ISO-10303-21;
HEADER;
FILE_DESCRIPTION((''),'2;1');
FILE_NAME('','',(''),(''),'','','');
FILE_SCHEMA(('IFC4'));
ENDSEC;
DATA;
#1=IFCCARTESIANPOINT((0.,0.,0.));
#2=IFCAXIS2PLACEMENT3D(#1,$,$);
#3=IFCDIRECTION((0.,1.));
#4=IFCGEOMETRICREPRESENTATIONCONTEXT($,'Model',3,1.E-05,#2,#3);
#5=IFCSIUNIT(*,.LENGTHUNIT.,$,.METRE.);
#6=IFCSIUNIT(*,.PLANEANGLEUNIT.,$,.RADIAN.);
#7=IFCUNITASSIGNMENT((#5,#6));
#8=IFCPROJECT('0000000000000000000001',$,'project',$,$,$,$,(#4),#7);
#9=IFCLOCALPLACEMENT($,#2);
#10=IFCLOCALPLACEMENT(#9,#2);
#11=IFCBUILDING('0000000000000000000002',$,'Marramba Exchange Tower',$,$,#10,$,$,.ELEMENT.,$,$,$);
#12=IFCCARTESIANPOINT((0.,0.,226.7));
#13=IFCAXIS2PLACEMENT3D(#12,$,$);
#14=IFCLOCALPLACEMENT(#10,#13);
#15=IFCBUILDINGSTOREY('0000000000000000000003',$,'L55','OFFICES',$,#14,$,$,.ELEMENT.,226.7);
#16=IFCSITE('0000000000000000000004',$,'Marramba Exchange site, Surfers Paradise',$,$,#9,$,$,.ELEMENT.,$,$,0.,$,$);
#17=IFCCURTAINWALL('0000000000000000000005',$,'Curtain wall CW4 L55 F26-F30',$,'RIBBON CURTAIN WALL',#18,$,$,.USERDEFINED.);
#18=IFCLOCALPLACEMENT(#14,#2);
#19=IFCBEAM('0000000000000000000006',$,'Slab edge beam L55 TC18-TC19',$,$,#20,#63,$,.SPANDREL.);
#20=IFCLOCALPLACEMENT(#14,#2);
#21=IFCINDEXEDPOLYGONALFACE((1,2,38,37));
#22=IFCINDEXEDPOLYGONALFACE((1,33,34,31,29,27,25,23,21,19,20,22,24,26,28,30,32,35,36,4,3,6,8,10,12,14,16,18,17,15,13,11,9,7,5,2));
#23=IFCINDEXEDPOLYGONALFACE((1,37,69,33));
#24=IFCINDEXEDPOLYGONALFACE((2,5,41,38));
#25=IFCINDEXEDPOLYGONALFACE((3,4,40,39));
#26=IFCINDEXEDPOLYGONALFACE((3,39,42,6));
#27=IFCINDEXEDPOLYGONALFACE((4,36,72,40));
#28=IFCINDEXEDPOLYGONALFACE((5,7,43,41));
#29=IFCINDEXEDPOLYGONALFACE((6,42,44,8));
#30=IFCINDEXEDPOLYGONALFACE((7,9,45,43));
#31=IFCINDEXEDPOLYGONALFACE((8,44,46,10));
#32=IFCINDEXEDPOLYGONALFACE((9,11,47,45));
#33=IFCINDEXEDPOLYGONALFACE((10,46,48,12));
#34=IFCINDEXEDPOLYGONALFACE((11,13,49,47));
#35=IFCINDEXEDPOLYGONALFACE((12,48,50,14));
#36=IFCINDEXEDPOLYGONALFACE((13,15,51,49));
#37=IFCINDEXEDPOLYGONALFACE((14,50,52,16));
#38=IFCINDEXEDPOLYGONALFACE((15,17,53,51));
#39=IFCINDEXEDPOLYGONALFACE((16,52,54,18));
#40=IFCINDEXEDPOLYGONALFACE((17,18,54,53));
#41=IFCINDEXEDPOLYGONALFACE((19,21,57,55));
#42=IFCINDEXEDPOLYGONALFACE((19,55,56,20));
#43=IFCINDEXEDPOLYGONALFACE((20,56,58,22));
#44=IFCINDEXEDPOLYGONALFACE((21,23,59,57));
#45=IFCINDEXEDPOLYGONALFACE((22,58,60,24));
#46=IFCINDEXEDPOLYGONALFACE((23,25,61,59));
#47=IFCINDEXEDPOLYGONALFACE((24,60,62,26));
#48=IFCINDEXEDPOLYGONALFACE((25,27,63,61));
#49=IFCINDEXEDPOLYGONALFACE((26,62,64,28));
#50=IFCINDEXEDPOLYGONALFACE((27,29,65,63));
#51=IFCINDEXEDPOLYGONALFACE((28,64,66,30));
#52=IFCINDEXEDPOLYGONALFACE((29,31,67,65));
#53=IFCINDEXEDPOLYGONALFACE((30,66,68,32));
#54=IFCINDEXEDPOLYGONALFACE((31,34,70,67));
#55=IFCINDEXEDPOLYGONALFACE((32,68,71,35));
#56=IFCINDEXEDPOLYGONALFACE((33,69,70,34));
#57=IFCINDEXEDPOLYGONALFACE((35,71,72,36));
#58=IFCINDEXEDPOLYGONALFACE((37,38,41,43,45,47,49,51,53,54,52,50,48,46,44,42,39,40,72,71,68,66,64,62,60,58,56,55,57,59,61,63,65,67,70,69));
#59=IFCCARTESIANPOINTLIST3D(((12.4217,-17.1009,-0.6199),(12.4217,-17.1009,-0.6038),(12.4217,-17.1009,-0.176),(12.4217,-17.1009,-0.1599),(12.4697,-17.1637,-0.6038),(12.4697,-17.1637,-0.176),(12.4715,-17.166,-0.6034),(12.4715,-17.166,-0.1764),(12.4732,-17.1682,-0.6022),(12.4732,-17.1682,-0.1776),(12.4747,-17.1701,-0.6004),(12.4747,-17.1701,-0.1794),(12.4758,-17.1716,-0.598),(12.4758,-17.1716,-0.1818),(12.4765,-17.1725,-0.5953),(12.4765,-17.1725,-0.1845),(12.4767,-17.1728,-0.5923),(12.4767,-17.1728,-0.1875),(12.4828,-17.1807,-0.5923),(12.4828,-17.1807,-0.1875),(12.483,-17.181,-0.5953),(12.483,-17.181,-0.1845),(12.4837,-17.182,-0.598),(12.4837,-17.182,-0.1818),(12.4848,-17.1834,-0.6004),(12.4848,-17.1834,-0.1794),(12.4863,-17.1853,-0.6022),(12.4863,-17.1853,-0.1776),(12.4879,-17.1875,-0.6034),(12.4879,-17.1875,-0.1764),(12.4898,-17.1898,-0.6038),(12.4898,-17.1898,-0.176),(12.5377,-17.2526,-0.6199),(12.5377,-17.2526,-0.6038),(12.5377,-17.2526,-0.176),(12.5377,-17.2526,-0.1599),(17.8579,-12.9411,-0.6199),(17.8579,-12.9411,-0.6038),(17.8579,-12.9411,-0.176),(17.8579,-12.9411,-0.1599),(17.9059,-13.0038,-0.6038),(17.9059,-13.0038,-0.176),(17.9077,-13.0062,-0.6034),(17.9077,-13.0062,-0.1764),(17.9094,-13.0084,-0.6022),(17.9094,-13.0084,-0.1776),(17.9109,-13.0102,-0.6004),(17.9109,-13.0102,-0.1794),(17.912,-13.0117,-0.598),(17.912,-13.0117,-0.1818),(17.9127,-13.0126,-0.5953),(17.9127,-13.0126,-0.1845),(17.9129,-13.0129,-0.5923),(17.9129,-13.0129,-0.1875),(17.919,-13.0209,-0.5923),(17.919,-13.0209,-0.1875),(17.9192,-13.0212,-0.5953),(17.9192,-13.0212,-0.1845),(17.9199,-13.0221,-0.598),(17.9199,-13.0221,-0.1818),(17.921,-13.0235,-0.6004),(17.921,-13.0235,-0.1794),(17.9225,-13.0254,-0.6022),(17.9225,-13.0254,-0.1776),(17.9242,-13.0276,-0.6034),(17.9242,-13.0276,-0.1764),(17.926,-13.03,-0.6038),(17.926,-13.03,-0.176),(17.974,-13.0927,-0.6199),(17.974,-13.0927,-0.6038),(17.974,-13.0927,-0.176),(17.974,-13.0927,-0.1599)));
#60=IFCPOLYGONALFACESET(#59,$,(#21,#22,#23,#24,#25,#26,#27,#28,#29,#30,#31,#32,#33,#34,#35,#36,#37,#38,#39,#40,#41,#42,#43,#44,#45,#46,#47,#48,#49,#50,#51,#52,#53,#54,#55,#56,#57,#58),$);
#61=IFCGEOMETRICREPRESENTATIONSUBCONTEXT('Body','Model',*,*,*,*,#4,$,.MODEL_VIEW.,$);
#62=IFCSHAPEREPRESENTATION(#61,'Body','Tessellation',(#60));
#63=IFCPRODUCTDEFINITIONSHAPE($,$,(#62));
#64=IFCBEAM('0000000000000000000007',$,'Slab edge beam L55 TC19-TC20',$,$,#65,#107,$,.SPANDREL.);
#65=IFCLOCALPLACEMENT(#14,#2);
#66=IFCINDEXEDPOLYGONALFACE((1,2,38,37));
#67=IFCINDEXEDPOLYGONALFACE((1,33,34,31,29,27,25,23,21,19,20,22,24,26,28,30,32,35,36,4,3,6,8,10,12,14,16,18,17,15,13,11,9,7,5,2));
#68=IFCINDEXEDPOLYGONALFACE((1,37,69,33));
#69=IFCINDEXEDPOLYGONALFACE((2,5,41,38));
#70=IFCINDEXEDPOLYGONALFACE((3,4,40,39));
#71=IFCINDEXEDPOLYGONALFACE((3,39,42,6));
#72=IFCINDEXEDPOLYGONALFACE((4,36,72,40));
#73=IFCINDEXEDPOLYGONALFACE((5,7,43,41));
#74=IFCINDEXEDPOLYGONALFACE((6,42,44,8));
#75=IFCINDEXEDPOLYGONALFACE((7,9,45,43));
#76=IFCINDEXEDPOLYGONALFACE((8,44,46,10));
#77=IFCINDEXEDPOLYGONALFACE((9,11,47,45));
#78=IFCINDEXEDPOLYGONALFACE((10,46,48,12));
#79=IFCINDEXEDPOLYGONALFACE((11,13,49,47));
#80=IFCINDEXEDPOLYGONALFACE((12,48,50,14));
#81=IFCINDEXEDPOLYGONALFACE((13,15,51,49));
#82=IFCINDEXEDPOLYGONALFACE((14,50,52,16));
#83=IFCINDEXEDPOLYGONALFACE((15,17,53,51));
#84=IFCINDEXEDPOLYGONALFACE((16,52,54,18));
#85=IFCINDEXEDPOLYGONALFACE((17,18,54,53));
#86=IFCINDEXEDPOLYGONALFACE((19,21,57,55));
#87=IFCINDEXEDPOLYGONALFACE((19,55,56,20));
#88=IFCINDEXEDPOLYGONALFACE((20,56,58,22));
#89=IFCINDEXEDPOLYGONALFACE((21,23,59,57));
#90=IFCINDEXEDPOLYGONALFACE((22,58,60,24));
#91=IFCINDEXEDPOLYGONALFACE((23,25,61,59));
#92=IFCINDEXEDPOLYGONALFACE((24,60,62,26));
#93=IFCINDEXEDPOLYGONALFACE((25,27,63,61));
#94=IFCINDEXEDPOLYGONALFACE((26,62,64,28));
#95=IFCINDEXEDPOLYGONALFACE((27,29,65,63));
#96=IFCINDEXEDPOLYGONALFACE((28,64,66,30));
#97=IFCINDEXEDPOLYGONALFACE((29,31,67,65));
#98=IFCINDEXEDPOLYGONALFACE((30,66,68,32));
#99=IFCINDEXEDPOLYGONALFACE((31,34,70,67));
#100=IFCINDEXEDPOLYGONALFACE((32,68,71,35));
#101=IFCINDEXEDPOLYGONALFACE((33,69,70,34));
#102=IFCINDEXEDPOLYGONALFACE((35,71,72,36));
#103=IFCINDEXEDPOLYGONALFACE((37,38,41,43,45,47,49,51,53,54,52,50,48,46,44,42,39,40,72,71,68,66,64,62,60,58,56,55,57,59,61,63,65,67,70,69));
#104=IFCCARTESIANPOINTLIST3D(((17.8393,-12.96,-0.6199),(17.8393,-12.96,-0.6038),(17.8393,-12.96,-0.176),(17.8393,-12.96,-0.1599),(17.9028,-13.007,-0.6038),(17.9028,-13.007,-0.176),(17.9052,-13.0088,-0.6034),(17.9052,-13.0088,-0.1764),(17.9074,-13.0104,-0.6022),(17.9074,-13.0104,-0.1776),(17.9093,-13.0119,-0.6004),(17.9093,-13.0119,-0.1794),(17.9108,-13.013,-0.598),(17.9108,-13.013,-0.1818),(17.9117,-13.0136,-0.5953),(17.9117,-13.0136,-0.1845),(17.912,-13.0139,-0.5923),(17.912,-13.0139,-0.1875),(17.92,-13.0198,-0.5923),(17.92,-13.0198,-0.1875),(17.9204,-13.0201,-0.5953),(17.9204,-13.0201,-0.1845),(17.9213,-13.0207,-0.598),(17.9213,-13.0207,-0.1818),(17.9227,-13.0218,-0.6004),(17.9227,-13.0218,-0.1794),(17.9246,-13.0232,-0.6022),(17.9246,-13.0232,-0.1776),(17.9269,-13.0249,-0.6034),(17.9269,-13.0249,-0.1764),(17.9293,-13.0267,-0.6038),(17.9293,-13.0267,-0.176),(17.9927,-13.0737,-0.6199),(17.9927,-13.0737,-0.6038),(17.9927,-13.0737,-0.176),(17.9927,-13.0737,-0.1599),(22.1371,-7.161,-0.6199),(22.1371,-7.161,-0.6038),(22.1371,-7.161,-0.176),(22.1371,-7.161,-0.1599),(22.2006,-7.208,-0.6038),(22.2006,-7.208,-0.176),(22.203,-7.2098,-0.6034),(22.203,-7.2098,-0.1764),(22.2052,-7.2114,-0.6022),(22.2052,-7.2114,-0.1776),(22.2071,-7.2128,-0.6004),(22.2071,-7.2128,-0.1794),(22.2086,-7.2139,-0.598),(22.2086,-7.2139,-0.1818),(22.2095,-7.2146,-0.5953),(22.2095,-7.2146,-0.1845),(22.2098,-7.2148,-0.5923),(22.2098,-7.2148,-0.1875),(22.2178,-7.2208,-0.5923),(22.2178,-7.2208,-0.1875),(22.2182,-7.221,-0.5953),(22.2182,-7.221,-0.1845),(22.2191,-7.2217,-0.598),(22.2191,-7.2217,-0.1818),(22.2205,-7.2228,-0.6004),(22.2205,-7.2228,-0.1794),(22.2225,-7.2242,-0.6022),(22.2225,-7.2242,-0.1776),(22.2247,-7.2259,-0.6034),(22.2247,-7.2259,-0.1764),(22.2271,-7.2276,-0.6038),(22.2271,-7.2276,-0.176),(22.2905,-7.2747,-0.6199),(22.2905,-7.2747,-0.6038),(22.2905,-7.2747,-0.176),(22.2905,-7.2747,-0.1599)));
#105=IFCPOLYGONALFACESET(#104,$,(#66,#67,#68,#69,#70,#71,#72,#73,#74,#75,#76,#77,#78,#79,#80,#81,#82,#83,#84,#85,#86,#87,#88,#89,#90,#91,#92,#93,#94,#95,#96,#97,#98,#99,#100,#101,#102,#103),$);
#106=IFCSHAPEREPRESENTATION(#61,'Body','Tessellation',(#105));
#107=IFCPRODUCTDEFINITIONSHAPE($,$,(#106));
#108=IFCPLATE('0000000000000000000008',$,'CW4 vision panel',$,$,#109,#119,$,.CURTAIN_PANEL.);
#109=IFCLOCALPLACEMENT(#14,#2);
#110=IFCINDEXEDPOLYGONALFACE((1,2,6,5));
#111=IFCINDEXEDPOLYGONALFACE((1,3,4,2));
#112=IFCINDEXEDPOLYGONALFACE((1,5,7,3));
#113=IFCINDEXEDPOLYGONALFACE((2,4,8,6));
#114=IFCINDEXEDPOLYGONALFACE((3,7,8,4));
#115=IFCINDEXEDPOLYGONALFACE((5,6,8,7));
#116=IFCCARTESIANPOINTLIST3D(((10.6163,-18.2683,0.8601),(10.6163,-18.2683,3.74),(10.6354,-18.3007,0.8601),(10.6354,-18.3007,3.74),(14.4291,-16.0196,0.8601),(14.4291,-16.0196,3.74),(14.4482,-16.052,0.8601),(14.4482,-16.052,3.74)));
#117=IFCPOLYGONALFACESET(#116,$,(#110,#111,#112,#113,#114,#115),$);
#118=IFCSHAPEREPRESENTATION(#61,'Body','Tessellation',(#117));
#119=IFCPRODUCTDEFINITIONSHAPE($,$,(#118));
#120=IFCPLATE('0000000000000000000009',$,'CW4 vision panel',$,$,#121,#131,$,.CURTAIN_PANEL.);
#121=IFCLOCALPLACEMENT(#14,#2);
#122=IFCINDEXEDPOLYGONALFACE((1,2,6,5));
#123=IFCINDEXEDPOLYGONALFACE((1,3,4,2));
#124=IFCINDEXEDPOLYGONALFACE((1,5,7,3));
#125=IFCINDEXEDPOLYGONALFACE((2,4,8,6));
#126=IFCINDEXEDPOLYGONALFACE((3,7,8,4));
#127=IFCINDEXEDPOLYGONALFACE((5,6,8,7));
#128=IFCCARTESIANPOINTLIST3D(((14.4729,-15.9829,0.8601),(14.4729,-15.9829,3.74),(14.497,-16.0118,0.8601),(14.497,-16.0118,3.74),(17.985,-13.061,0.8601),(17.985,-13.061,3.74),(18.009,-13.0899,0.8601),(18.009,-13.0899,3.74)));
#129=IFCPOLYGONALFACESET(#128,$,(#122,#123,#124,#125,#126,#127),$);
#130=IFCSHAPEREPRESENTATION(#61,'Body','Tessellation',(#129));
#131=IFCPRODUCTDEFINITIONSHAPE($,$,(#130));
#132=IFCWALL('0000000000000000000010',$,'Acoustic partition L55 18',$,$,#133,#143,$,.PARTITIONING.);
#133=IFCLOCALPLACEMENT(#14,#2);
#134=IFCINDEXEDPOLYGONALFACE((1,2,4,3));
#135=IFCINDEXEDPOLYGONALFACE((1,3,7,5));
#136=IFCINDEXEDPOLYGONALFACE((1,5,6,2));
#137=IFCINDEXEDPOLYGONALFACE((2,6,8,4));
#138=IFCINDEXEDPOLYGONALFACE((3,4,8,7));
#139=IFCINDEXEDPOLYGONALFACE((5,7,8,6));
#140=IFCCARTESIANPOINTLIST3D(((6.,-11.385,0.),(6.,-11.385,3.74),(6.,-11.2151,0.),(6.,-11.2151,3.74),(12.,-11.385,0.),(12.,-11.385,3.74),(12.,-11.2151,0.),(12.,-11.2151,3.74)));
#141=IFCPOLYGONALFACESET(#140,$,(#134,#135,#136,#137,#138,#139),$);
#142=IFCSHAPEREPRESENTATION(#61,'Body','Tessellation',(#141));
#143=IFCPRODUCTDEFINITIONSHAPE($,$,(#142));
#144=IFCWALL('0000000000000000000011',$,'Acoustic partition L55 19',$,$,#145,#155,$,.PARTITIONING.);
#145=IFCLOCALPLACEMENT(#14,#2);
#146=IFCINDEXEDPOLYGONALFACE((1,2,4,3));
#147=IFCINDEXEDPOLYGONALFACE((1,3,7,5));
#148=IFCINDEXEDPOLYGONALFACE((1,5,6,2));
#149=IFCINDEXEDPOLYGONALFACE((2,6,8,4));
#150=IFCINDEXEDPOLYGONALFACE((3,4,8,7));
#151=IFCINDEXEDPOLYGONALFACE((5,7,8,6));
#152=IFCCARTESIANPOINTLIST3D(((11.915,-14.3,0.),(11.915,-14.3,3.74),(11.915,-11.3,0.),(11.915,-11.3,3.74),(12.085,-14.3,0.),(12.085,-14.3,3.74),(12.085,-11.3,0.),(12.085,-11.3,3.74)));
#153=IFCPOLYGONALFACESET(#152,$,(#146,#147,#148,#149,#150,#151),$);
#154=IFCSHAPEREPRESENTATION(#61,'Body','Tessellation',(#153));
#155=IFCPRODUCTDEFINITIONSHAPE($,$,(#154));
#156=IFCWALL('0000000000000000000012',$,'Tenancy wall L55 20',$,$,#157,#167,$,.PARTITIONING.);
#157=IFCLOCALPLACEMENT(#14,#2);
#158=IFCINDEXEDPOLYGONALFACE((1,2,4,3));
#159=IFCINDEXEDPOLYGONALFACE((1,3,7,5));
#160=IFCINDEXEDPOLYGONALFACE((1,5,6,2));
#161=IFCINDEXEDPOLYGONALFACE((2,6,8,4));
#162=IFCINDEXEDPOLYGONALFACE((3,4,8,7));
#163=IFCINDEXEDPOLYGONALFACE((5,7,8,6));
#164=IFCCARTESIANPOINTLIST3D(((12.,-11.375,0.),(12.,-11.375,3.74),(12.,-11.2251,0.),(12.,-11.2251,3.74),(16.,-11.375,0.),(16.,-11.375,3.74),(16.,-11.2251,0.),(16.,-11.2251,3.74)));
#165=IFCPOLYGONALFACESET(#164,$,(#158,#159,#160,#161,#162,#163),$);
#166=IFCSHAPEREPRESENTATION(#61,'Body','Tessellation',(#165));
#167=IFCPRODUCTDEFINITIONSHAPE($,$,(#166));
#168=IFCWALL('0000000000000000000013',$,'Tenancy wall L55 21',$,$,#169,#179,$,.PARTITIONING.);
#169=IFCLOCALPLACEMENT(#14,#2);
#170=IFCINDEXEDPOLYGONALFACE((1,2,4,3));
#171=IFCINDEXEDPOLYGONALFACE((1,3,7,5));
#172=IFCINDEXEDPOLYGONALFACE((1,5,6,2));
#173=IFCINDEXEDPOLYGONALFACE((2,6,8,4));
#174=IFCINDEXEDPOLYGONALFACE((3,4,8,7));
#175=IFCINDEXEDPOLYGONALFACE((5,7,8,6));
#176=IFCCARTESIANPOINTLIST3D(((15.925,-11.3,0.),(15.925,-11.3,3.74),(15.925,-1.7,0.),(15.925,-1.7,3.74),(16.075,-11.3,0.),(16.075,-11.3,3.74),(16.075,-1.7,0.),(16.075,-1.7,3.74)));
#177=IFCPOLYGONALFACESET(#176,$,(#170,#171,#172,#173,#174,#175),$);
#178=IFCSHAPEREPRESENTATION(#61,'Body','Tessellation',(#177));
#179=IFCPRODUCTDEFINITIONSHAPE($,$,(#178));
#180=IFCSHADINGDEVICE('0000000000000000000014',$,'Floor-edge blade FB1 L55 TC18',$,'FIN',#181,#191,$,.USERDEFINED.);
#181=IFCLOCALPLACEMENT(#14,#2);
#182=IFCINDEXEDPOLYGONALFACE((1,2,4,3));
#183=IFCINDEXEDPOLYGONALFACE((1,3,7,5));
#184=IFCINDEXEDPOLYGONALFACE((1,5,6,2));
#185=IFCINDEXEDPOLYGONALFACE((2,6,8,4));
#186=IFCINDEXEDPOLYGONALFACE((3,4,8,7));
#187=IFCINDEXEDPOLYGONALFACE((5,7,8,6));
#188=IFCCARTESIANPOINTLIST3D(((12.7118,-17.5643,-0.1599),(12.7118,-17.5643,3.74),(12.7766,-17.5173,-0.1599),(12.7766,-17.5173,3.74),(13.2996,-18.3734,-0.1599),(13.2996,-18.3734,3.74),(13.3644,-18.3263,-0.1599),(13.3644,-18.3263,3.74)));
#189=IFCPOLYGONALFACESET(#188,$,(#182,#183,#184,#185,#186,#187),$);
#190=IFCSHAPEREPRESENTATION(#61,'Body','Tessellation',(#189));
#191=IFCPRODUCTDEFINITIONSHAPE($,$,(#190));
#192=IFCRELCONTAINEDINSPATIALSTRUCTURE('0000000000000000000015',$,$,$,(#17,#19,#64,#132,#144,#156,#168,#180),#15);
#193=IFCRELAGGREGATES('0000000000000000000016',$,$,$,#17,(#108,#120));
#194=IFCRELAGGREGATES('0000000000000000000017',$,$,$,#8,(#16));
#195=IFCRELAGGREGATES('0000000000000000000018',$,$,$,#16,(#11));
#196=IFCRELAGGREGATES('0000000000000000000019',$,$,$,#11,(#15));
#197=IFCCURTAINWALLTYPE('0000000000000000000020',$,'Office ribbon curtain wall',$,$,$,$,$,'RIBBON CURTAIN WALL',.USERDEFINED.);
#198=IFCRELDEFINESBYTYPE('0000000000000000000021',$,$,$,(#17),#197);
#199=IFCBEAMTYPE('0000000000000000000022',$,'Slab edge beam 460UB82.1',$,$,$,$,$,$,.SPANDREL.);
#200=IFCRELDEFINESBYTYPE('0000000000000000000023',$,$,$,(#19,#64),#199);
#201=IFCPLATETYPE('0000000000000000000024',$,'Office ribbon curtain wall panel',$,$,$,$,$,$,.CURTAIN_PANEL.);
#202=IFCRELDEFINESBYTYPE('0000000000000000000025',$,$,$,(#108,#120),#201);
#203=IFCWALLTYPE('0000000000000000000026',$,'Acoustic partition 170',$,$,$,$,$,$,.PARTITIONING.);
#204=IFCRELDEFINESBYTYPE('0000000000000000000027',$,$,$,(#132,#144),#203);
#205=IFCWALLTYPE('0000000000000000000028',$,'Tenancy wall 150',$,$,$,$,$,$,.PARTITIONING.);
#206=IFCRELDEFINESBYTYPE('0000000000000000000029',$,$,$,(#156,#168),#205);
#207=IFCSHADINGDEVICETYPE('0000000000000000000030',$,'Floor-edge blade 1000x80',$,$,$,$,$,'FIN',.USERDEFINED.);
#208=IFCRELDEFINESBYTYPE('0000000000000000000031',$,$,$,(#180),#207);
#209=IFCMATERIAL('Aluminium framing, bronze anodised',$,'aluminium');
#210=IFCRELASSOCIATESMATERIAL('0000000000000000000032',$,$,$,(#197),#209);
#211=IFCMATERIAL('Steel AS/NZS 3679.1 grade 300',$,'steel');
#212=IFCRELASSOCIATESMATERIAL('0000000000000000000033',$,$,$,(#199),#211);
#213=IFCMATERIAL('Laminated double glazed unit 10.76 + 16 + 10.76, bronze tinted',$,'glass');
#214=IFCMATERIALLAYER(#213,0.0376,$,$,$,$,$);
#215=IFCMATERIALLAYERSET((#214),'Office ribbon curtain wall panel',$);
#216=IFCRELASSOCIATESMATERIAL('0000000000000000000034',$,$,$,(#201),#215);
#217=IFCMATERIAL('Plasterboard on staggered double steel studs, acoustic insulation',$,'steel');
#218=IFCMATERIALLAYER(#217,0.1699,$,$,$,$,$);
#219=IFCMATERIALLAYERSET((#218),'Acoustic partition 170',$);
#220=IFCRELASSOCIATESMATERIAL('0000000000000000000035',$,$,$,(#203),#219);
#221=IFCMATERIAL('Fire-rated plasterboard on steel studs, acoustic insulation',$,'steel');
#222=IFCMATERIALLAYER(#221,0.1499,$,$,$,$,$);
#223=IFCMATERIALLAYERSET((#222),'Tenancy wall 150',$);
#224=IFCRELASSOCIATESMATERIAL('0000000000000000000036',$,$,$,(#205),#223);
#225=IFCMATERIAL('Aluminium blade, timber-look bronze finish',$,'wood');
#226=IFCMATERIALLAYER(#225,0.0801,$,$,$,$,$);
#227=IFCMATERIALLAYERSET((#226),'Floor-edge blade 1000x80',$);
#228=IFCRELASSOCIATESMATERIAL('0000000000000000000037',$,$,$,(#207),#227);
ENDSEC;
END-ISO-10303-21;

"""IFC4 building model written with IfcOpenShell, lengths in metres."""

from ifc_helpers import new_model, si_unit, direction, frame, frame_2d, origin, origin_2d, place, context, subcontext, project, spatial, rectangle, i_section, extrude, material, layer, layer_set, material_profile, profile_set, type_object, element, aggregate, save


model = new_model("IFC4")

# Units and contexts
model_context = context("Model", 3, precision=1e-05, world=origin(), true_north=direction((0.0, 1.0)))
body_context = subcontext(model_context, "Body", "Model", "MODEL_VIEW")
ifc_project = project(units=[si_unit("LENGTHUNIT", "METRE"), si_unit("PLANEANGLEUNIT", "RADIAN")], contexts=[model_context])

# Site, building, storey
site_placement = place(None, origin())
site = spatial("IfcSite", under=ifc_project, at=site_placement, Name="Marramba Exchange site, Surfers Paradise", CompositionType="ELEMENT", RefElevation=0.0)
building_placement = place(site_placement, origin())
building = spatial("IfcBuilding", under=site, at=building_placement, Name="Marramba Exchange Tower", CompositionType="ELEMENT")
storey_placement = place(building_placement, frame((0.0, 0.0, 226.7)))
storey = spatial("IfcBuildingStorey", under=building, at=storey_placement, Name="L55", Description="OFFICES", CompositionType="ELEMENT", Elevation=226.7)

# Curtain wall
ifc_material_1 = material(Name="Aluminium framing, bronze anodised", Category="aluminium")
curtain_wall_type = type_object("IfcCurtainWallType", Name="Office ribbon curtain wall", ElementType="RIBBON CURTAIN WALL", PredefinedType="USERDEFINED", material=ifc_material_1)
curtain_wall_placement = place(storey_placement, origin())
curtain_wall = element("IfcCurtainWall", 1, at=curtain_wall_placement, inside=storey, type_object=curtain_wall_type, Name="Curtain wall CW4 L55 F26-F30", ObjectType="RIBBON CURTAIN WALL", PredefinedType="USERDEFINED")

# Beams
ifc_material_2 = material(Name="Steel AS/NZS 3679.1 grade 300", Category="steel")
ifc_material_profile_1 = material_profile(ifc_material_2, i_section(OverallWidth=0.1909, OverallDepth=0.46, WebThickness=0.01, FlangeThickness=0.0161, FilletRadius=0.0115, at=origin_2d()), Name="460UB82.1")
ifc_profile_set_1 = profile_set([ifc_material_profile_1], Name="Steel AS/NZS 3679.1 grade 300")
beam_type_1 = type_object("IfcBeamType", Name="Slab edge beam 460UB82.1", PredefinedType="SPANDREL", material=ifc_profile_set_1)
beam_1_placement = place(storey_placement, frame((12.4797, -17.1768, -0.3899), z_axis=(0.794163, 0.607704, 0.0), x_axis=(-0.607704, 0.794163, 0.0)))
element("IfcBeam", 2, at=beam_1_placement, inside=storey, type_object=beam_type_1, Name="Slab edge beam L55 TC18-TC19", PredefinedType="SPANDREL", context=body_context, shape_type="SweptSolid", body=[
    extrude(i_section(OverallWidth=0.1909, OverallDepth=0.46, WebThickness=0.01, FlangeThickness=0.0161, FilletRadius=0.0115, at=origin_2d()), origin(), (0.0, 0.0, 1.0), 6.8452),
])
beam_2_placement = place(storey_placement, frame((17.916, -13.0168, -0.3899), z_axis=(0.595428, 0.803409, 0.0), x_axis=(-0.803409, 0.595428, 0.0)))
element("IfcBeam", 3, at=beam_2_placement, inside=storey, type_object=beam_type_1, Name="Slab edge beam L55 TC19-TC20", PredefinedType="SPANDREL", context=body_context, shape_type="SweptSolid", body=[
    extrude(i_section(OverallWidth=0.1909, OverallDepth=0.46, WebThickness=0.01, FlangeThickness=0.0161, FilletRadius=0.0115, at=origin_2d()), origin(), (0.0, 0.0, 1.0), 7.218),
])

# Plates
ifc_material_3 = material(Name="Laminated double glazed unit 10.76 + 16 + 10.76, bronze tinted", Category="glass")
ifc_layer_1 = layer(ifc_material_3, 0.0376)
ifc_layer_set_1 = layer_set([ifc_layer_1], Name="Office ribbon curtain wall panel")
plate_type = type_object("IfcPlateType", Name="Office ribbon curtain wall panel", PredefinedType="CURTAIN_PANEL", material=ifc_layer_set_1)
plate_1_placement = place(storey_placement, frame((12.5322, -17.1602, 0.8601), z_axis=(0.0, 0.0, 1.0), x_axis=(0.861351, 0.508011, 0.0)))
plate_1 = element("IfcPlate", 4, at=plate_1_placement, type_object=plate_type, Name="CW4 vision panel", PredefinedType="CURTAIN_PANEL", context=body_context, shape_type="SweptSolid", body=[
    extrude(rectangle(XDim=4.4265, YDim=0.0376, at=origin_2d()), origin(), (0.0, 0.0, 1.0), 2.8799),
])
plate_2_placement = place(storey_placement, frame((16.241, -14.5364, 0.8601), z_axis=(0.0, 0.0, 1.0), x_axis=(0.768737, 0.639565, 0.0)))
plate_2 = element("IfcPlate", 5, at=plate_2_placement, type_object=plate_type, Name="CW4 vision panel", PredefinedType="CURTAIN_PANEL", context=body_context, shape_type="SweptSolid", body=[
    extrude(rectangle(XDim=4.5686, YDim=0.0376, at=origin_2d()), origin(), (0.0, 0.0, 1.0), 2.8799),
])
aggregate(curtain_wall, [plate_1, plate_2])

# Walls
ifc_material_4 = material(Name="Plasterboard on staggered double steel studs, acoustic insulation", Category="steel")
ifc_layer_2 = layer(ifc_material_4, 0.1699)
ifc_layer_set_2 = layer_set([ifc_layer_2], Name="Acoustic partition 170")
wall_type_1 = type_object("IfcWallType", Name="Acoustic partition 170", PredefinedType="PARTITIONING", material=ifc_layer_set_2)
wall_1_placement = place(storey_placement, frame((12.0, -11.3, 0.0), z_axis=(0.0, 0.0, 1.0), x_axis=(-1.0, 0.0, 0.0)))
element("IfcWall", 6, at=wall_1_placement, inside=storey, type_object=wall_type_1, Name="Acoustic partition L55 18", PredefinedType="PARTITIONING", context=body_context, shape_type="SweptSolid", body=[
    extrude(rectangle(XDim=6.0, YDim=0.1699, at=frame_2d((3.0, 0.0))), origin(), (0.0, 0.0, 1.0), 3.74),
])
wall_2_placement = place(storey_placement, frame((12.0, -14.3, 0.0), z_axis=(0.0, 0.0, 1.0), x_axis=(0.0, 1.0, 0.0)))
element("IfcWall", 7, at=wall_2_placement, inside=storey, type_object=wall_type_1, Name="Acoustic partition L55 19", PredefinedType="PARTITIONING", context=body_context, shape_type="SweptSolid", body=[
    extrude(rectangle(XDim=3.0, YDim=0.1699, at=frame_2d((1.5, 0.0))), origin(), (0.0, 0.0, 1.0), 3.74),
])
ifc_material_5 = material(Name="Fire-rated plasterboard on steel studs, acoustic insulation", Category="steel")
ifc_layer_3 = layer(ifc_material_5, 0.1499)
ifc_layer_set_3 = layer_set([ifc_layer_3], Name="Tenancy wall 150")
wall_type_2 = type_object("IfcWallType", Name="Tenancy wall 150", PredefinedType="PARTITIONING", material=ifc_layer_set_3)
wall_3_placement = place(storey_placement, frame((12.0, -11.3, 0.0), z_axis=(0.0, 0.0, 1.0), x_axis=(1.0, 0.0, 0.0)))
element("IfcWall", 8, at=wall_3_placement, inside=storey, type_object=wall_type_2, Name="Tenancy wall L55 20", PredefinedType="PARTITIONING", context=body_context, shape_type="SweptSolid", body=[
    extrude(rectangle(XDim=4.0, YDim=0.1499, at=frame_2d((2.0, 0.0))), origin(), (0.0, 0.0, 1.0), 3.74),
])
wall_4_placement = place(storey_placement, frame((16.0, -11.3, 0.0), z_axis=(0.0, 0.0, 1.0), x_axis=(0.0, 1.0, 0.0)))
element("IfcWall", 9, at=wall_4_placement, inside=storey, type_object=wall_type_2, Name="Tenancy wall L55 21", PredefinedType="PARTITIONING", context=body_context, shape_type="SweptSolid", body=[
    extrude(rectangle(XDim=9.6001, YDim=0.1499, at=frame_2d((4.8, 0.0))), origin(), (0.0, 0.0, 1.0), 3.74),
])

# Shading device
ifc_material_6 = material(Name="Aluminium blade, timber-look bronze finish", Category="wood")
ifc_layer_4 = layer(ifc_material_6, 0.0801)
ifc_layer_set_4 = layer_set([ifc_layer_4], Name="Floor-edge blade 1000x80")
shading_device_type_1 = type_object("IfcShadingDeviceType", Name="Floor-edge blade 1000x80", ElementType="FIN", PredefinedType="USERDEFINED", material=ifc_layer_set_4)
for number, where, z_axis, x_axis, name in (
    (10, (13.0381, -17.9453, -0.1599), (0.0, 0.0, 1.0), (0.587785, -0.809017, 0.0), "Floor-edge blade FB1 L55 TC18"),
):
    element("IfcShadingDevice", number, at=place(storey_placement, frame(where, z_axis=z_axis, x_axis=x_axis)), inside=storey, type_object=shading_device_type_1, Name=name, ObjectType="FIN", PredefinedType="USERDEFINED", context=body_context, shape_type="SweptSolid", body=[
        extrude(rectangle(XDim=1.0, YDim=0.0801, at=origin_2d()), origin(), (0.0, 0.0, 1.0), 3.8999),
    ])

save(model, "model.ifc")
